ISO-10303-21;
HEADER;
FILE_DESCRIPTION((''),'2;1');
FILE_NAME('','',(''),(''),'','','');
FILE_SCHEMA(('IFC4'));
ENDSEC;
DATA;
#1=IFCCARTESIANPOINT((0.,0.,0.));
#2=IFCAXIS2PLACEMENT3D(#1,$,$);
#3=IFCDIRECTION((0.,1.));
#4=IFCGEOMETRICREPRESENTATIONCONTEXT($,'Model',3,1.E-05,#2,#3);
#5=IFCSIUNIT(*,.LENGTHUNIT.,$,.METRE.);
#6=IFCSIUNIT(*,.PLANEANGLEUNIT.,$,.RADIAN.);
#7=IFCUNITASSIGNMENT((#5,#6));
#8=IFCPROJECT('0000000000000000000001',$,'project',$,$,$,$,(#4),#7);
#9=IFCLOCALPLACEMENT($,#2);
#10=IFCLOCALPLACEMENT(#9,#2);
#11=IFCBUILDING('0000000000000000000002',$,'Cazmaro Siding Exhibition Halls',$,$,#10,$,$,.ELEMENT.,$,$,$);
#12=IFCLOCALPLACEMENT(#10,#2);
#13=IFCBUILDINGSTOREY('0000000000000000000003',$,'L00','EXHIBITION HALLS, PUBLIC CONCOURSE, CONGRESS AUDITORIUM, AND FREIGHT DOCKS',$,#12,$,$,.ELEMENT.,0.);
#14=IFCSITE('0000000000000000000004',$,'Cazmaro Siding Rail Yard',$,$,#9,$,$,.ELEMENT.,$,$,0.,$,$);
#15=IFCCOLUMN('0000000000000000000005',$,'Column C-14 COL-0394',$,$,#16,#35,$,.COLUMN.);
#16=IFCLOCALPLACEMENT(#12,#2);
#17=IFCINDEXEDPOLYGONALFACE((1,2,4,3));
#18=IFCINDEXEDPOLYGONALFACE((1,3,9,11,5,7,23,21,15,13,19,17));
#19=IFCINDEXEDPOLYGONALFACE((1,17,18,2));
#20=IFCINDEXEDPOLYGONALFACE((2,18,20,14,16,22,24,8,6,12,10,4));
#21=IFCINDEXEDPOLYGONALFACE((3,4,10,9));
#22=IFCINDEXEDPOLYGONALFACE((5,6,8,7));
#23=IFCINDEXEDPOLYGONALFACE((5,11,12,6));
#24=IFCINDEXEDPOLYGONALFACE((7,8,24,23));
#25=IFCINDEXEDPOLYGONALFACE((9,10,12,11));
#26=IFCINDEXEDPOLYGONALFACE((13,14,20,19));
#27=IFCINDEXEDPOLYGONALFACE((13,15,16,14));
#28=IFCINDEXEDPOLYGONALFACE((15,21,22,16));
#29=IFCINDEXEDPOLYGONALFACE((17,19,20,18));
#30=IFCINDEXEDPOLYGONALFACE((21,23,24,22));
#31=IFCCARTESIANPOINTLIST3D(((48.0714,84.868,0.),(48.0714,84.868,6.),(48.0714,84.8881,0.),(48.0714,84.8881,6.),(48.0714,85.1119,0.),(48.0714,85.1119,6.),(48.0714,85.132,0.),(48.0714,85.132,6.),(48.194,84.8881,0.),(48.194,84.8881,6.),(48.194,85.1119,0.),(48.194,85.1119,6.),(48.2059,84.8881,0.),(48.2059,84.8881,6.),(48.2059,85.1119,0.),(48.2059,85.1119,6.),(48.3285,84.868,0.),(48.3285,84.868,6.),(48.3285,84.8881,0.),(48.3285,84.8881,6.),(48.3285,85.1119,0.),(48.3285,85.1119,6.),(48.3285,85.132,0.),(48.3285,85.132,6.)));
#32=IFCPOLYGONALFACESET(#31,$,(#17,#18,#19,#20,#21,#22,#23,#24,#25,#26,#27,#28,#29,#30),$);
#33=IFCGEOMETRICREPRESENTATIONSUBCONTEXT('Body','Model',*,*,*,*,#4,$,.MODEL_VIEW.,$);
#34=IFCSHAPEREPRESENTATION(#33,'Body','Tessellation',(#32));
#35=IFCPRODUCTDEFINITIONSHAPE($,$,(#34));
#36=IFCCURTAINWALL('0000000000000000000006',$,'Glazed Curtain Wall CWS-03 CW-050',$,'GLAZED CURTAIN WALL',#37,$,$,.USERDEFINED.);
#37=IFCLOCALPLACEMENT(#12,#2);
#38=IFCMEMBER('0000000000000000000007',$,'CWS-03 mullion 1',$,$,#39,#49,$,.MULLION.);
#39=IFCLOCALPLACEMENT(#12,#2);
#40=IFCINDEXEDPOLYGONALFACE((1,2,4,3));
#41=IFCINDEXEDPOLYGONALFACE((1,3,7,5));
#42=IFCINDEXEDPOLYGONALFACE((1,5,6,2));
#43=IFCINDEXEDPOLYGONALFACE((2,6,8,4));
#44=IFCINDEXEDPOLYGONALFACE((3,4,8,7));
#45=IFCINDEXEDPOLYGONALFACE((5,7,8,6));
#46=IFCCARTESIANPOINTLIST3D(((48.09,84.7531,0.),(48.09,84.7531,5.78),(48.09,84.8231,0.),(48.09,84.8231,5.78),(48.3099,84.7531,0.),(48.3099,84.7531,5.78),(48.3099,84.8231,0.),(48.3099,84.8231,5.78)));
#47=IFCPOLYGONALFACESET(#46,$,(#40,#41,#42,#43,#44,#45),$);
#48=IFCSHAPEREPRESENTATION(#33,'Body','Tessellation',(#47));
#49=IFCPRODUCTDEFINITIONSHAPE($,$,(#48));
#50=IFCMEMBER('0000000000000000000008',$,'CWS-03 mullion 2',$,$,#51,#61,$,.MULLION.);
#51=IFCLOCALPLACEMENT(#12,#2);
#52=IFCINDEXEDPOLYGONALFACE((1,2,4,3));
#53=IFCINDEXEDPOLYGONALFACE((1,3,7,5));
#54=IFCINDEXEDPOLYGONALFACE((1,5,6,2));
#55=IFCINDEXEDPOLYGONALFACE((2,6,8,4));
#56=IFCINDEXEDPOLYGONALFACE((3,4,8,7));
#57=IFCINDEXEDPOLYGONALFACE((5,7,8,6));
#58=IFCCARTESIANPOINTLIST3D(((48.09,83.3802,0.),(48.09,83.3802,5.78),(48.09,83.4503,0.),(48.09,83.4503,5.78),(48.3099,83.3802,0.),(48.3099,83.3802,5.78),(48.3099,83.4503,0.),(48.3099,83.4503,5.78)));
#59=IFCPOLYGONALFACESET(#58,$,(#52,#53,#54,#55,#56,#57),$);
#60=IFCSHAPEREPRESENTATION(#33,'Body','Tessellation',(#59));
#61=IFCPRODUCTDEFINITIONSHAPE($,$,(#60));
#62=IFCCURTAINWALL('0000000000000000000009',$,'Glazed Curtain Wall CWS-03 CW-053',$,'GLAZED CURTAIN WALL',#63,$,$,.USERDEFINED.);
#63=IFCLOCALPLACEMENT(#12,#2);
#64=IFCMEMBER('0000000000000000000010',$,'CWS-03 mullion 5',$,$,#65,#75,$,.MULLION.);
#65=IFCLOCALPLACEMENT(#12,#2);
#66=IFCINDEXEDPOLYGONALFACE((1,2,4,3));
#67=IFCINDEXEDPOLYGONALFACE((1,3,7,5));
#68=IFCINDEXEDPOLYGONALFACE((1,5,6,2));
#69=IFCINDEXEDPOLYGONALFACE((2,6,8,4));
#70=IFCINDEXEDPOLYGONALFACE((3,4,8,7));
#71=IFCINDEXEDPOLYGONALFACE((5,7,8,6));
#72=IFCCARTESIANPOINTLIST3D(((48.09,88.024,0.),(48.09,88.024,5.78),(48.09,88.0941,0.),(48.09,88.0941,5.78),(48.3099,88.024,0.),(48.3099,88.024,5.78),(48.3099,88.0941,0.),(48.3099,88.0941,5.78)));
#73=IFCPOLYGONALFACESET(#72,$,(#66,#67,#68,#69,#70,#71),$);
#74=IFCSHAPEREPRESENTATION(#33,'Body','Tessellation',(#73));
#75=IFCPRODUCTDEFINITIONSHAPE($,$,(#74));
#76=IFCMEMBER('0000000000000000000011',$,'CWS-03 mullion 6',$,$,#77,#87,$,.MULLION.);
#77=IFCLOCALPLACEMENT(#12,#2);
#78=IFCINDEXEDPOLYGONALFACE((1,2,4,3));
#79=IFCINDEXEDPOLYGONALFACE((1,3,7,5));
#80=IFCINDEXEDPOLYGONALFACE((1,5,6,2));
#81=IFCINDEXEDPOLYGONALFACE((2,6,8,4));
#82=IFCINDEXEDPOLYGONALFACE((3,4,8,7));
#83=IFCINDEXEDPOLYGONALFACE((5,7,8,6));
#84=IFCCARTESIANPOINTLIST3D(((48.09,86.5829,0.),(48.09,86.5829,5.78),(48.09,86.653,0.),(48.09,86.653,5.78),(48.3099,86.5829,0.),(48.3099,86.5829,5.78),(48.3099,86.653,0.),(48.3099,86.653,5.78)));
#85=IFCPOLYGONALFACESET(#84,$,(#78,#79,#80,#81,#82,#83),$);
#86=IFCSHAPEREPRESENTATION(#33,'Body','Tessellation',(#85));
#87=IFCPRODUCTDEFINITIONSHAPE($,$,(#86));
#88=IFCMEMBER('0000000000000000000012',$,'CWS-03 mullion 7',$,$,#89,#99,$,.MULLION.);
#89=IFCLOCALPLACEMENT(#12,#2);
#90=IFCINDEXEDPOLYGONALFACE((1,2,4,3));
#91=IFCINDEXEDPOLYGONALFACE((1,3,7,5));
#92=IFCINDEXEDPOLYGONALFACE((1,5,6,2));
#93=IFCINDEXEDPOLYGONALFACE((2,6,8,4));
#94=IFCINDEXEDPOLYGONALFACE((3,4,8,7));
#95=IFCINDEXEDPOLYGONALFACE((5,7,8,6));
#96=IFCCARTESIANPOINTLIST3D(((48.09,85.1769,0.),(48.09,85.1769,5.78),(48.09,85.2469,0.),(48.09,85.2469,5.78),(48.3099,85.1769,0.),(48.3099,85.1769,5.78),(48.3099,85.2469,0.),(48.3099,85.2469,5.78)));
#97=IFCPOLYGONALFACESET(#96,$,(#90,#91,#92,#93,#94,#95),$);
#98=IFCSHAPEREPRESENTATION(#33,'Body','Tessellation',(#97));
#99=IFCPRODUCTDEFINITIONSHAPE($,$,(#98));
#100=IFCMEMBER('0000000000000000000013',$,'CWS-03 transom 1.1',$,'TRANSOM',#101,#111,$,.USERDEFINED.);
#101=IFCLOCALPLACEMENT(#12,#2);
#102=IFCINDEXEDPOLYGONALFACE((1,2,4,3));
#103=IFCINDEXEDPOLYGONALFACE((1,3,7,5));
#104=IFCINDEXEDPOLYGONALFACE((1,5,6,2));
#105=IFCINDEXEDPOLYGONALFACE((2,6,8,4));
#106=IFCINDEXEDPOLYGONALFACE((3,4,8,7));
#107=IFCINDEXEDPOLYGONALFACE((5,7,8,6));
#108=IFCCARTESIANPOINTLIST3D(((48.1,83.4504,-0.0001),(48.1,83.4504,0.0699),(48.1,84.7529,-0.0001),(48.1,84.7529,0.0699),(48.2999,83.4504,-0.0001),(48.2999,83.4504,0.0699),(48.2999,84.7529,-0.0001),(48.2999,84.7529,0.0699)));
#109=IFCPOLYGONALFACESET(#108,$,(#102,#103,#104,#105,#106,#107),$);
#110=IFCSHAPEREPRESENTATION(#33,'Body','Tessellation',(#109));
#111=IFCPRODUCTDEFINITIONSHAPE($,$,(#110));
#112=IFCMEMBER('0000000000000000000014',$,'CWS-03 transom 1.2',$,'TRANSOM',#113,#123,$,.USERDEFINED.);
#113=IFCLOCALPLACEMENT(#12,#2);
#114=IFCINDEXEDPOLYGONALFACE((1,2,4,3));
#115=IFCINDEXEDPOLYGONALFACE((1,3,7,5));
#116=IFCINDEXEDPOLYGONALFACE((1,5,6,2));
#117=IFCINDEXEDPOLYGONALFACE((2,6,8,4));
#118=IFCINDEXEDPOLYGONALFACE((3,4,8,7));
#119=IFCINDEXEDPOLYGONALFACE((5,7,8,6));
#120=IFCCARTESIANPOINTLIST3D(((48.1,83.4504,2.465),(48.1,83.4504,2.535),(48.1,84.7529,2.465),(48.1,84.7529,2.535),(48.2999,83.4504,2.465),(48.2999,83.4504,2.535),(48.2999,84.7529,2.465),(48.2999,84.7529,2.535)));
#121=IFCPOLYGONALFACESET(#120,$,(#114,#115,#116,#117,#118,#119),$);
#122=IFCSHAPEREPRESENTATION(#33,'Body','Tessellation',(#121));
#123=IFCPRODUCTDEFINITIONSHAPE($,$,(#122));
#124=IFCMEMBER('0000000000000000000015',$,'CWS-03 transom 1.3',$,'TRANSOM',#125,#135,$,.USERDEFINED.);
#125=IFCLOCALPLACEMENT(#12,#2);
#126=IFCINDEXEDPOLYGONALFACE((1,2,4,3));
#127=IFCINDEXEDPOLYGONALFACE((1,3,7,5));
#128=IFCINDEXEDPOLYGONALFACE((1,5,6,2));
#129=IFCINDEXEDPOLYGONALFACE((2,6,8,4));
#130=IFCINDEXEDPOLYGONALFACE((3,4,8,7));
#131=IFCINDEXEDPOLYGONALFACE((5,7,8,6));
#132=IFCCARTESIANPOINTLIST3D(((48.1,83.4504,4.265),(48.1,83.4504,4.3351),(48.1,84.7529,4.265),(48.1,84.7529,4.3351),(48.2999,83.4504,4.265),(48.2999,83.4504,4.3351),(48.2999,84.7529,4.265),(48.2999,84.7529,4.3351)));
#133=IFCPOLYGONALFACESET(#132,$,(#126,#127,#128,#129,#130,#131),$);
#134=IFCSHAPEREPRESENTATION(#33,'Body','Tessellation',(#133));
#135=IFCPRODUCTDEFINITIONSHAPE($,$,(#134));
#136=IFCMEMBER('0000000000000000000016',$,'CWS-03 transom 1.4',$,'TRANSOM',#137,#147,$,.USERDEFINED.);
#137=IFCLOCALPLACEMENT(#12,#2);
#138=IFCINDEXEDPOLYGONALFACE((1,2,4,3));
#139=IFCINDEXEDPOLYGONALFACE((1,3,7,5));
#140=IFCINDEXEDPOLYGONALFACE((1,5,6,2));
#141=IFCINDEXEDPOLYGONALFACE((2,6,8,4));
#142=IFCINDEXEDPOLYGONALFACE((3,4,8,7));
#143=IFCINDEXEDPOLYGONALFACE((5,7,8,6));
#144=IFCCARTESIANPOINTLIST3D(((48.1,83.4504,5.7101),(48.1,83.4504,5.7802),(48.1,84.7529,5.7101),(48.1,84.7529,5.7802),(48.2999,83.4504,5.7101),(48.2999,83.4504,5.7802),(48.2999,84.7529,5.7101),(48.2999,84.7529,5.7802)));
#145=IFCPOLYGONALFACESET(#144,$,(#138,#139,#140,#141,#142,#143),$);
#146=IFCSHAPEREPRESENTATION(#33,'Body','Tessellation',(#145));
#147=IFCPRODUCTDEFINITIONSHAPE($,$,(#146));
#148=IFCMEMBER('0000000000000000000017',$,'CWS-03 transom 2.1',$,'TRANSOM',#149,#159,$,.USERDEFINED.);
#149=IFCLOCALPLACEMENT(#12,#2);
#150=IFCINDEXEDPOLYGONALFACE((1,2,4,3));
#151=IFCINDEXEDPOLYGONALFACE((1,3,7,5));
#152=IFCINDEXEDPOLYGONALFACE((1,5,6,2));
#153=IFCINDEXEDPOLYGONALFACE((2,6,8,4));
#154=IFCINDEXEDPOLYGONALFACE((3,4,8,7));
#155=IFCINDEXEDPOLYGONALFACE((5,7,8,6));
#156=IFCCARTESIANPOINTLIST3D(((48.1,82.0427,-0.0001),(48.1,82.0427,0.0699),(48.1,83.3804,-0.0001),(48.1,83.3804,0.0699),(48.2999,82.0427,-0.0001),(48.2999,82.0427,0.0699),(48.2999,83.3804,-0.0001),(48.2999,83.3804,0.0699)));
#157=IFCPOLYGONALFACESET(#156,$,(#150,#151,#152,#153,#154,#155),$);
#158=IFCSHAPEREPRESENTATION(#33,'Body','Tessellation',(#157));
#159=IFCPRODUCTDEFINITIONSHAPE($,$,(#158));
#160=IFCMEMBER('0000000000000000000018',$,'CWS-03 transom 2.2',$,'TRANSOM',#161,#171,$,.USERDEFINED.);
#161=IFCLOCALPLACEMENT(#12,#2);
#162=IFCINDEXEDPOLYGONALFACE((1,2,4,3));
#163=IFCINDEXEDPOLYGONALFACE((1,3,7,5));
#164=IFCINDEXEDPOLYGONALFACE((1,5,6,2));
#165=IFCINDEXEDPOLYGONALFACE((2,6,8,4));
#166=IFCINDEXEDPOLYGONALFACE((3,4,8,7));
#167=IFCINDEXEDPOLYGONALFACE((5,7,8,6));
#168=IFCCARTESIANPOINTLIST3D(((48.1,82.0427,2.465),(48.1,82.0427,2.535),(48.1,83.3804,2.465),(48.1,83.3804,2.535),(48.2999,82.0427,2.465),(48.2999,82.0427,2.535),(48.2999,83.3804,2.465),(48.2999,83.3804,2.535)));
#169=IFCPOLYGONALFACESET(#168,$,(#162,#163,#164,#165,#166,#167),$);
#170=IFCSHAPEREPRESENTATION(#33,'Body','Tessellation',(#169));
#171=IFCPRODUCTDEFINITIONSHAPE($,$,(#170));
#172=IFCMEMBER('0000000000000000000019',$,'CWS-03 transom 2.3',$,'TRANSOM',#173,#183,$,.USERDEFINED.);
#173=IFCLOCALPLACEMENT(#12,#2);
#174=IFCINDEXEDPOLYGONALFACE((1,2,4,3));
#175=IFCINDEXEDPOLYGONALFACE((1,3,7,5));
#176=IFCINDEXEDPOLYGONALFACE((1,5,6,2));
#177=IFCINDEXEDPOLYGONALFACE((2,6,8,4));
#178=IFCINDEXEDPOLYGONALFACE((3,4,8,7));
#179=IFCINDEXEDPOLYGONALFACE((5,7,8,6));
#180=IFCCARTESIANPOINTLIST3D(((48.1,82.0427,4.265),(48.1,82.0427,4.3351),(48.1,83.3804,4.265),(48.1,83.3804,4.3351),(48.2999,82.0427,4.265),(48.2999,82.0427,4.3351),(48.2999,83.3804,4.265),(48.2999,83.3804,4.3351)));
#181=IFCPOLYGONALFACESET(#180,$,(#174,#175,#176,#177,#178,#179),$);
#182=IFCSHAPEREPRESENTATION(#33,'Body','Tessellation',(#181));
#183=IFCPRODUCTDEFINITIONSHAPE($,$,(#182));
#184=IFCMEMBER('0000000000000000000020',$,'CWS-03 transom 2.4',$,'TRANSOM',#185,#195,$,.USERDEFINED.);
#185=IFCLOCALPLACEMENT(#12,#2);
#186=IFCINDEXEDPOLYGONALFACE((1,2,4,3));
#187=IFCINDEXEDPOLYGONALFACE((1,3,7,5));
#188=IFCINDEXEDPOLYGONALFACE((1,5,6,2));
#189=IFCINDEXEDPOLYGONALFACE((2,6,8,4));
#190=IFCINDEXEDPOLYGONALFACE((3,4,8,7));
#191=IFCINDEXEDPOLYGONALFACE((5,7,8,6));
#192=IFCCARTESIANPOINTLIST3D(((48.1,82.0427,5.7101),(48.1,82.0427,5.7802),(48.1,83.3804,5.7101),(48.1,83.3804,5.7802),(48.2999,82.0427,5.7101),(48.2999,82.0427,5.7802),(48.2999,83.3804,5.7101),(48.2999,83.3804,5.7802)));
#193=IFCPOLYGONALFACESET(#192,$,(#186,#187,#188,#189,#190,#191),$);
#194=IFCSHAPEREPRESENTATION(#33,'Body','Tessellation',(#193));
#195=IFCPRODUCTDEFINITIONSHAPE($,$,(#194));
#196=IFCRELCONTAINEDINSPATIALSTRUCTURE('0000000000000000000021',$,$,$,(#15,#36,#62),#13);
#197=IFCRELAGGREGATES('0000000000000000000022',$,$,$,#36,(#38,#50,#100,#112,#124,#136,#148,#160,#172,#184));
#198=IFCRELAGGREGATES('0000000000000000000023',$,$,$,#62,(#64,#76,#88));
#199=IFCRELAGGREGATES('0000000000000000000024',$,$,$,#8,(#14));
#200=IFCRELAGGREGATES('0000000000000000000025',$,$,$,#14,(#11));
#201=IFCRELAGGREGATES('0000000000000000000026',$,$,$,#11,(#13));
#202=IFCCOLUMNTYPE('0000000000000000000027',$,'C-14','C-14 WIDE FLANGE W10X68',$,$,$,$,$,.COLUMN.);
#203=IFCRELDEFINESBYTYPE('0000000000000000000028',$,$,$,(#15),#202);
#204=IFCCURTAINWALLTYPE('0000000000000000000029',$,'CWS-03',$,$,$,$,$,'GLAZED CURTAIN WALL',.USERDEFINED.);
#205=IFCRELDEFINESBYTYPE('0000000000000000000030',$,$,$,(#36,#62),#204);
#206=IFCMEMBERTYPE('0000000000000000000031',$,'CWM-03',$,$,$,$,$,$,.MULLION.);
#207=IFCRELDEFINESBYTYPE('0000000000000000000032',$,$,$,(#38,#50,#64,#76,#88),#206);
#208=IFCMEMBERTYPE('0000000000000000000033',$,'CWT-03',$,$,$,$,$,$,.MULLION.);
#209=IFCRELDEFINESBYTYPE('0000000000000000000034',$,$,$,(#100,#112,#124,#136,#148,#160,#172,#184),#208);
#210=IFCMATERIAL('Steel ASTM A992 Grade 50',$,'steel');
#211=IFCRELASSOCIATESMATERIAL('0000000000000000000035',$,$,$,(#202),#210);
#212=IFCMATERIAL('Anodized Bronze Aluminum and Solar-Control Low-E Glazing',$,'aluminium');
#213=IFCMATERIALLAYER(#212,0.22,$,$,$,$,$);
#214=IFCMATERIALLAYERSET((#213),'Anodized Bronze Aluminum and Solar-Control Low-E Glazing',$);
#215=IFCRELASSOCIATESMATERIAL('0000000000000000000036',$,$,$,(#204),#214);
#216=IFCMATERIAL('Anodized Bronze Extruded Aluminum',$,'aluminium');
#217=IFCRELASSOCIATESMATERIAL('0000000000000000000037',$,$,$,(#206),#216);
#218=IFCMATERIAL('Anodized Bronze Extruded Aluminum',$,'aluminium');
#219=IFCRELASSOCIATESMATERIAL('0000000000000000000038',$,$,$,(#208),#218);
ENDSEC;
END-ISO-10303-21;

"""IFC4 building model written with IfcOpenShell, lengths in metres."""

from ifc_helpers import new_model, si_unit, direction, frame, origin, origin_2d, place, context, subcontext, project, spatial, rectangle, i_section, extrude, material, layer, layer_set, material_profile, profile_set, type_object, element, aggregate, save


model = new_model("IFC4")

# Units and contexts
model_context = context("Model", 3, precision=1e-05, world=origin(), true_north=direction((0.0, 1.0)))
body_context = subcontext(model_context, "Body", "Model", "MODEL_VIEW")
ifc_project = project(units=[si_unit("LENGTHUNIT", "METRE"), si_unit("PLANEANGLEUNIT", "RADIAN")], contexts=[model_context])

# Site, building, storey
site_placement = place(None, origin())
site = spatial("IfcSite", under=ifc_project, at=site_placement, Name="Cazmaro Siding Rail Yard", CompositionType="ELEMENT", RefElevation=0.0)
building_placement = place(site_placement, origin())
building = spatial("IfcBuilding", under=site, at=building_placement, Name="Cazmaro Siding Exhibition Halls", CompositionType="ELEMENT")
storey_placement = place(building_placement, origin())
storey = spatial("IfcBuildingStorey", under=building, at=storey_placement, Name="L00", Description="EXHIBITION HALLS, PUBLIC CONCOURSE, CONGRESS AUDITORIUM, AND FREIGHT DOCKS", CompositionType="ELEMENT", Elevation=0.0)

# Column
ifc_material_1 = material(Name="Steel ASTM A992 Grade 50", Category="steel")
ifc_material_profile_1 = material_profile(ifc_material_1, i_section(OverallWidth=0.2571, OverallDepth=0.2639, WebThickness=0.012, FlangeThickness=0.02, at=origin_2d()), Name="W10X68")
ifc_profile_set_1 = profile_set([ifc_material_profile_1], Name="Steel ASTM A992 Grade 50")
column_type = type_object("IfcColumnType", Name="C-14", Description="C-14 WIDE FLANGE W10X68", PredefinedType="COLUMN", material=ifc_profile_set_1)
column_placement = place(storey_placement, frame((48.2, 85.0, 0.0), z_axis=(0.0, 0.0, 1.0), x_axis=(1.0, 0.0, 0.0)))
element("IfcColumn", 1, at=column_placement, inside=storey, type_object=column_type, Name="Column C-14 COL-0394", PredefinedType="COLUMN", context=body_context, shape_type="SweptSolid", body=[
    extrude(i_section(OverallWidth=0.2571, OverallDepth=0.2639, WebThickness=0.012, FlangeThickness=0.02, at=origin_2d()), origin(), (0.0, 0.0, 1.0), 6.0),
])

# Curtain walls, members
ifc_material_2 = material(Name="Anodized Bronze Aluminum and Solar-Control Low-E Glazing", Category="aluminium")
ifc_layer_1 = layer(ifc_material_2, 0.22)
ifc_layer_set_1 = layer_set([ifc_layer_1], Name="Anodized Bronze Aluminum and Solar-Control Low-E Glazing")
curtain_wall_type = type_object("IfcCurtainWallType", Name="CWS-03", ElementType="GLAZED CURTAIN WALL", PredefinedType="USERDEFINED", material=ifc_layer_set_1)
curtain_wall_1_placement = place(storey_placement, origin())
curtain_wall_1 = element("IfcCurtainWall", 2, at=curtain_wall_1_placement, inside=storey, type_object=curtain_wall_type, Name="Glazed Curtain Wall CWS-03 CW-050", ObjectType="GLAZED CURTAIN WALL", PredefinedType="USERDEFINED")
ifc_material_3 = material(Name="Anodized Bronze Extruded Aluminum", Category="aluminium")
ifc_material_profile_2 = material_profile(ifc_material_3, rectangle(XDim=0.22, YDim=0.0701, at=origin_2d()), Name="CWM-03")
ifc_profile_set_2 = profile_set([ifc_material_profile_2], Name="Anodized Bronze Extruded Aluminum")
member_type_1 = type_object("IfcMemberType", Name="CWM-03", PredefinedType="MULLION", material=ifc_profile_set_2)
member_1_placement = place(storey_placement, frame((48.2, 84.7881, 0.0), z_axis=(0.0, 0.0, 1.0), x_axis=(1.0, 0.0, 0.0)))
member_1 = element("IfcMember", 3, at=member_1_placement, type_object=member_type_1, Name="CWS-03 mullion 1", PredefinedType="MULLION", context=body_context, shape_type="SweptSolid", body=[
    extrude(rectangle(XDim=0.22, YDim=0.0701, at=origin_2d()), origin(), (0.0, 0.0, 1.0), 5.78),
])
member_2_placement = place(storey_placement, frame((48.2, 83.4153, 0.0), z_axis=(0.0, 0.0, 1.0), x_axis=(1.0, 0.0, 0.0)))
member_2 = element("IfcMember", 4, at=member_2_placement, type_object=member_type_1, Name="CWS-03 mullion 2", PredefinedType="MULLION", context=body_context, shape_type="SweptSolid", body=[
    extrude(rectangle(XDim=0.22, YDim=0.0701, at=origin_2d()), origin(), (0.0, 0.0, 1.0), 5.78),
])
curtain_wall_2_placement = place(storey_placement, origin())
curtain_wall_2 = element("IfcCurtainWall", 5, at=curtain_wall_2_placement, inside=storey, type_object=curtain_wall_type, Name="Glazed Curtain Wall CWS-03 CW-053", ObjectType="GLAZED CURTAIN WALL", PredefinedType="USERDEFINED")
member_3_placement = place(storey_placement, frame((48.2, 88.0591, 0.0), z_axis=(0.0, 0.0, 1.0), x_axis=(1.0, 0.0, 0.0)))
member_3 = element("IfcMember", 6, at=member_3_placement, type_object=member_type_1, Name="CWS-03 mullion 5", PredefinedType="MULLION", context=body_context, shape_type="SweptSolid", body=[
    extrude(rectangle(XDim=0.22, YDim=0.0701, at=origin_2d()), origin(), (0.0, 0.0, 1.0), 5.78),
])
member_4_placement = place(storey_placement, frame((48.2, 86.6179, 0.0), z_axis=(0.0, 0.0, 1.0), x_axis=(1.0, 0.0, 0.0)))
member_4 = element("IfcMember", 7, at=member_4_placement, type_object=member_type_1, Name="CWS-03 mullion 6", PredefinedType="MULLION", context=body_context, shape_type="SweptSolid", body=[
    extrude(rectangle(XDim=0.22, YDim=0.0701, at=origin_2d()), origin(), (0.0, 0.0, 1.0), 5.78),
])
member_5_placement = place(storey_placement, frame((48.2, 85.2119, 0.0), z_axis=(0.0, 0.0, 1.0), x_axis=(1.0, 0.0, 0.0)))
member_5 = element("IfcMember", 8, at=member_5_placement, type_object=member_type_1, Name="CWS-03 mullion 7", PredefinedType="MULLION", context=body_context, shape_type="SweptSolid", body=[
    extrude(rectangle(XDim=0.22, YDim=0.0701, at=origin_2d()), origin(), (0.0, 0.0, 1.0), 5.78),
])

# Members
ifc_material_4 = material(Name="Anodized Bronze Extruded Aluminum", Category="aluminium")
ifc_material_profile_3 = material_profile(ifc_material_4, rectangle(XDim=0.2, YDim=0.0701, at=origin_2d()), Name="CWT-03")
ifc_profile_set_3 = profile_set([ifc_material_profile_3], Name="Anodized Bronze Extruded Aluminum")
member_type_2 = type_object("IfcMemberType", Name="CWT-03", PredefinedType="MULLION", material=ifc_profile_set_3)
member_6_placement = place(storey_placement, frame((48.2, 84.7529, 0.0349), z_axis=(0.0, -1.0, 0.0), x_axis=(1.0, 0.0, 0.0)))
member_6 = element("IfcMember", 9, at=member_6_placement, type_object=member_type_2, Name="CWS-03 transom 1.1", ObjectType="TRANSOM", PredefinedType="USERDEFINED", context=body_context, shape_type="SweptSolid", body=[
    extrude(rectangle(XDim=0.2, YDim=0.0701, at=origin_2d()), origin(), (0.0, 0.0, 1.0), 1.3025),
])
member_7_placement = place(storey_placement, frame((48.2, 84.7529, 2.5), z_axis=(0.0, -1.0, 0.0), x_axis=(1.0, 0.0, 0.0)))
member_7 = element("IfcMember", 10, at=member_7_placement, type_object=member_type_2, Name="CWS-03 transom 1.2", ObjectType="TRANSOM", PredefinedType="USERDEFINED", context=body_context, shape_type="SweptSolid", body=[
    extrude(rectangle(XDim=0.2, YDim=0.0701, at=origin_2d()), origin(), (0.0, 0.0, 1.0), 1.3025),
])
member_8_placement = place(storey_placement, frame((48.2, 84.7529, 4.3), z_axis=(0.0, -1.0, 0.0), x_axis=(1.0, 0.0, 0.0)))
member_8 = element("IfcMember", 11, at=member_8_placement, type_object=member_type_2, Name="CWS-03 transom 1.3", ObjectType="TRANSOM", PredefinedType="USERDEFINED", context=body_context, shape_type="SweptSolid", body=[
    extrude(rectangle(XDim=0.2, YDim=0.0701, at=origin_2d()), origin(), (0.0, 0.0, 1.0), 1.3025),
])
member_9_placement = place(storey_placement, frame((48.2, 84.7529, 5.7451), z_axis=(0.0, -1.0, 0.0), x_axis=(1.0, 0.0, 0.0)))
member_9 = element("IfcMember", 12, at=member_9_placement, type_object=member_type_2, Name="CWS-03 transom 1.4", ObjectType="TRANSOM", PredefinedType="USERDEFINED", context=body_context, shape_type="SweptSolid", body=[
    extrude(rectangle(XDim=0.2, YDim=0.0701, at=origin_2d()), origin(), (0.0, 0.0, 1.0), 1.3025),
])
member_10_placement = place(storey_placement, frame((48.2, 83.3804, 0.0349), z_axis=(0.0, -1.0, 0.0), x_axis=(1.0, 0.0, 0.0)))
member_10 = element("IfcMember", 13, at=member_10_placement, type_object=member_type_2, Name="CWS-03 transom 2.1", ObjectType="TRANSOM", PredefinedType="USERDEFINED", context=body_context, shape_type="SweptSolid", body=[
    extrude(rectangle(XDim=0.2, YDim=0.0701, at=origin_2d()), origin(), (0.0, 0.0, 1.0), 1.3376),
])
member_11_placement = place(storey_placement, frame((48.2, 83.3804, 2.5), z_axis=(0.0, -1.0, 0.0), x_axis=(1.0, 0.0, 0.0)))
member_11 = element("IfcMember", 14, at=member_11_placement, type_object=member_type_2, Name="CWS-03 transom 2.2", ObjectType="TRANSOM", PredefinedType="USERDEFINED", context=body_context, shape_type="SweptSolid", body=[
    extrude(rectangle(XDim=0.2, YDim=0.0701, at=origin_2d()), origin(), (0.0, 0.0, 1.0), 1.3376),
])
member_12_placement = place(storey_placement, frame((48.2, 83.3804, 4.3), z_axis=(0.0, -1.0, 0.0), x_axis=(1.0, 0.0, 0.0)))
member_12 = element("IfcMember", 15, at=member_12_placement, type_object=member_type_2, Name="CWS-03 transom 2.3", ObjectType="TRANSOM", PredefinedType="USERDEFINED", context=body_context, shape_type="SweptSolid", body=[
    extrude(rectangle(XDim=0.2, YDim=0.0701, at=origin_2d()), origin(), (0.0, 0.0, 1.0), 1.3376),
])
member_13_placement = place(storey_placement, frame((48.2, 83.3804, 5.7451), z_axis=(0.0, -1.0, 0.0), x_axis=(1.0, 0.0, 0.0)))
member_13 = element("IfcMember", 16, at=member_13_placement, type_object=member_type_2, Name="CWS-03 transom 2.4", ObjectType="TRANSOM", PredefinedType="USERDEFINED", context=body_context, shape_type="SweptSolid", body=[
    extrude(rectangle(XDim=0.2, YDim=0.0701, at=origin_2d()), origin(), (0.0, 0.0, 1.0), 1.3376),
])

aggregate(curtain_wall_1, [member_1, member_2, member_6, member_7, member_8, member_9, member_10, member_11, member_12, member_13])
aggregate(curtain_wall_2, [member_3, member_4, member_5])

save(model, "model.ifc")
